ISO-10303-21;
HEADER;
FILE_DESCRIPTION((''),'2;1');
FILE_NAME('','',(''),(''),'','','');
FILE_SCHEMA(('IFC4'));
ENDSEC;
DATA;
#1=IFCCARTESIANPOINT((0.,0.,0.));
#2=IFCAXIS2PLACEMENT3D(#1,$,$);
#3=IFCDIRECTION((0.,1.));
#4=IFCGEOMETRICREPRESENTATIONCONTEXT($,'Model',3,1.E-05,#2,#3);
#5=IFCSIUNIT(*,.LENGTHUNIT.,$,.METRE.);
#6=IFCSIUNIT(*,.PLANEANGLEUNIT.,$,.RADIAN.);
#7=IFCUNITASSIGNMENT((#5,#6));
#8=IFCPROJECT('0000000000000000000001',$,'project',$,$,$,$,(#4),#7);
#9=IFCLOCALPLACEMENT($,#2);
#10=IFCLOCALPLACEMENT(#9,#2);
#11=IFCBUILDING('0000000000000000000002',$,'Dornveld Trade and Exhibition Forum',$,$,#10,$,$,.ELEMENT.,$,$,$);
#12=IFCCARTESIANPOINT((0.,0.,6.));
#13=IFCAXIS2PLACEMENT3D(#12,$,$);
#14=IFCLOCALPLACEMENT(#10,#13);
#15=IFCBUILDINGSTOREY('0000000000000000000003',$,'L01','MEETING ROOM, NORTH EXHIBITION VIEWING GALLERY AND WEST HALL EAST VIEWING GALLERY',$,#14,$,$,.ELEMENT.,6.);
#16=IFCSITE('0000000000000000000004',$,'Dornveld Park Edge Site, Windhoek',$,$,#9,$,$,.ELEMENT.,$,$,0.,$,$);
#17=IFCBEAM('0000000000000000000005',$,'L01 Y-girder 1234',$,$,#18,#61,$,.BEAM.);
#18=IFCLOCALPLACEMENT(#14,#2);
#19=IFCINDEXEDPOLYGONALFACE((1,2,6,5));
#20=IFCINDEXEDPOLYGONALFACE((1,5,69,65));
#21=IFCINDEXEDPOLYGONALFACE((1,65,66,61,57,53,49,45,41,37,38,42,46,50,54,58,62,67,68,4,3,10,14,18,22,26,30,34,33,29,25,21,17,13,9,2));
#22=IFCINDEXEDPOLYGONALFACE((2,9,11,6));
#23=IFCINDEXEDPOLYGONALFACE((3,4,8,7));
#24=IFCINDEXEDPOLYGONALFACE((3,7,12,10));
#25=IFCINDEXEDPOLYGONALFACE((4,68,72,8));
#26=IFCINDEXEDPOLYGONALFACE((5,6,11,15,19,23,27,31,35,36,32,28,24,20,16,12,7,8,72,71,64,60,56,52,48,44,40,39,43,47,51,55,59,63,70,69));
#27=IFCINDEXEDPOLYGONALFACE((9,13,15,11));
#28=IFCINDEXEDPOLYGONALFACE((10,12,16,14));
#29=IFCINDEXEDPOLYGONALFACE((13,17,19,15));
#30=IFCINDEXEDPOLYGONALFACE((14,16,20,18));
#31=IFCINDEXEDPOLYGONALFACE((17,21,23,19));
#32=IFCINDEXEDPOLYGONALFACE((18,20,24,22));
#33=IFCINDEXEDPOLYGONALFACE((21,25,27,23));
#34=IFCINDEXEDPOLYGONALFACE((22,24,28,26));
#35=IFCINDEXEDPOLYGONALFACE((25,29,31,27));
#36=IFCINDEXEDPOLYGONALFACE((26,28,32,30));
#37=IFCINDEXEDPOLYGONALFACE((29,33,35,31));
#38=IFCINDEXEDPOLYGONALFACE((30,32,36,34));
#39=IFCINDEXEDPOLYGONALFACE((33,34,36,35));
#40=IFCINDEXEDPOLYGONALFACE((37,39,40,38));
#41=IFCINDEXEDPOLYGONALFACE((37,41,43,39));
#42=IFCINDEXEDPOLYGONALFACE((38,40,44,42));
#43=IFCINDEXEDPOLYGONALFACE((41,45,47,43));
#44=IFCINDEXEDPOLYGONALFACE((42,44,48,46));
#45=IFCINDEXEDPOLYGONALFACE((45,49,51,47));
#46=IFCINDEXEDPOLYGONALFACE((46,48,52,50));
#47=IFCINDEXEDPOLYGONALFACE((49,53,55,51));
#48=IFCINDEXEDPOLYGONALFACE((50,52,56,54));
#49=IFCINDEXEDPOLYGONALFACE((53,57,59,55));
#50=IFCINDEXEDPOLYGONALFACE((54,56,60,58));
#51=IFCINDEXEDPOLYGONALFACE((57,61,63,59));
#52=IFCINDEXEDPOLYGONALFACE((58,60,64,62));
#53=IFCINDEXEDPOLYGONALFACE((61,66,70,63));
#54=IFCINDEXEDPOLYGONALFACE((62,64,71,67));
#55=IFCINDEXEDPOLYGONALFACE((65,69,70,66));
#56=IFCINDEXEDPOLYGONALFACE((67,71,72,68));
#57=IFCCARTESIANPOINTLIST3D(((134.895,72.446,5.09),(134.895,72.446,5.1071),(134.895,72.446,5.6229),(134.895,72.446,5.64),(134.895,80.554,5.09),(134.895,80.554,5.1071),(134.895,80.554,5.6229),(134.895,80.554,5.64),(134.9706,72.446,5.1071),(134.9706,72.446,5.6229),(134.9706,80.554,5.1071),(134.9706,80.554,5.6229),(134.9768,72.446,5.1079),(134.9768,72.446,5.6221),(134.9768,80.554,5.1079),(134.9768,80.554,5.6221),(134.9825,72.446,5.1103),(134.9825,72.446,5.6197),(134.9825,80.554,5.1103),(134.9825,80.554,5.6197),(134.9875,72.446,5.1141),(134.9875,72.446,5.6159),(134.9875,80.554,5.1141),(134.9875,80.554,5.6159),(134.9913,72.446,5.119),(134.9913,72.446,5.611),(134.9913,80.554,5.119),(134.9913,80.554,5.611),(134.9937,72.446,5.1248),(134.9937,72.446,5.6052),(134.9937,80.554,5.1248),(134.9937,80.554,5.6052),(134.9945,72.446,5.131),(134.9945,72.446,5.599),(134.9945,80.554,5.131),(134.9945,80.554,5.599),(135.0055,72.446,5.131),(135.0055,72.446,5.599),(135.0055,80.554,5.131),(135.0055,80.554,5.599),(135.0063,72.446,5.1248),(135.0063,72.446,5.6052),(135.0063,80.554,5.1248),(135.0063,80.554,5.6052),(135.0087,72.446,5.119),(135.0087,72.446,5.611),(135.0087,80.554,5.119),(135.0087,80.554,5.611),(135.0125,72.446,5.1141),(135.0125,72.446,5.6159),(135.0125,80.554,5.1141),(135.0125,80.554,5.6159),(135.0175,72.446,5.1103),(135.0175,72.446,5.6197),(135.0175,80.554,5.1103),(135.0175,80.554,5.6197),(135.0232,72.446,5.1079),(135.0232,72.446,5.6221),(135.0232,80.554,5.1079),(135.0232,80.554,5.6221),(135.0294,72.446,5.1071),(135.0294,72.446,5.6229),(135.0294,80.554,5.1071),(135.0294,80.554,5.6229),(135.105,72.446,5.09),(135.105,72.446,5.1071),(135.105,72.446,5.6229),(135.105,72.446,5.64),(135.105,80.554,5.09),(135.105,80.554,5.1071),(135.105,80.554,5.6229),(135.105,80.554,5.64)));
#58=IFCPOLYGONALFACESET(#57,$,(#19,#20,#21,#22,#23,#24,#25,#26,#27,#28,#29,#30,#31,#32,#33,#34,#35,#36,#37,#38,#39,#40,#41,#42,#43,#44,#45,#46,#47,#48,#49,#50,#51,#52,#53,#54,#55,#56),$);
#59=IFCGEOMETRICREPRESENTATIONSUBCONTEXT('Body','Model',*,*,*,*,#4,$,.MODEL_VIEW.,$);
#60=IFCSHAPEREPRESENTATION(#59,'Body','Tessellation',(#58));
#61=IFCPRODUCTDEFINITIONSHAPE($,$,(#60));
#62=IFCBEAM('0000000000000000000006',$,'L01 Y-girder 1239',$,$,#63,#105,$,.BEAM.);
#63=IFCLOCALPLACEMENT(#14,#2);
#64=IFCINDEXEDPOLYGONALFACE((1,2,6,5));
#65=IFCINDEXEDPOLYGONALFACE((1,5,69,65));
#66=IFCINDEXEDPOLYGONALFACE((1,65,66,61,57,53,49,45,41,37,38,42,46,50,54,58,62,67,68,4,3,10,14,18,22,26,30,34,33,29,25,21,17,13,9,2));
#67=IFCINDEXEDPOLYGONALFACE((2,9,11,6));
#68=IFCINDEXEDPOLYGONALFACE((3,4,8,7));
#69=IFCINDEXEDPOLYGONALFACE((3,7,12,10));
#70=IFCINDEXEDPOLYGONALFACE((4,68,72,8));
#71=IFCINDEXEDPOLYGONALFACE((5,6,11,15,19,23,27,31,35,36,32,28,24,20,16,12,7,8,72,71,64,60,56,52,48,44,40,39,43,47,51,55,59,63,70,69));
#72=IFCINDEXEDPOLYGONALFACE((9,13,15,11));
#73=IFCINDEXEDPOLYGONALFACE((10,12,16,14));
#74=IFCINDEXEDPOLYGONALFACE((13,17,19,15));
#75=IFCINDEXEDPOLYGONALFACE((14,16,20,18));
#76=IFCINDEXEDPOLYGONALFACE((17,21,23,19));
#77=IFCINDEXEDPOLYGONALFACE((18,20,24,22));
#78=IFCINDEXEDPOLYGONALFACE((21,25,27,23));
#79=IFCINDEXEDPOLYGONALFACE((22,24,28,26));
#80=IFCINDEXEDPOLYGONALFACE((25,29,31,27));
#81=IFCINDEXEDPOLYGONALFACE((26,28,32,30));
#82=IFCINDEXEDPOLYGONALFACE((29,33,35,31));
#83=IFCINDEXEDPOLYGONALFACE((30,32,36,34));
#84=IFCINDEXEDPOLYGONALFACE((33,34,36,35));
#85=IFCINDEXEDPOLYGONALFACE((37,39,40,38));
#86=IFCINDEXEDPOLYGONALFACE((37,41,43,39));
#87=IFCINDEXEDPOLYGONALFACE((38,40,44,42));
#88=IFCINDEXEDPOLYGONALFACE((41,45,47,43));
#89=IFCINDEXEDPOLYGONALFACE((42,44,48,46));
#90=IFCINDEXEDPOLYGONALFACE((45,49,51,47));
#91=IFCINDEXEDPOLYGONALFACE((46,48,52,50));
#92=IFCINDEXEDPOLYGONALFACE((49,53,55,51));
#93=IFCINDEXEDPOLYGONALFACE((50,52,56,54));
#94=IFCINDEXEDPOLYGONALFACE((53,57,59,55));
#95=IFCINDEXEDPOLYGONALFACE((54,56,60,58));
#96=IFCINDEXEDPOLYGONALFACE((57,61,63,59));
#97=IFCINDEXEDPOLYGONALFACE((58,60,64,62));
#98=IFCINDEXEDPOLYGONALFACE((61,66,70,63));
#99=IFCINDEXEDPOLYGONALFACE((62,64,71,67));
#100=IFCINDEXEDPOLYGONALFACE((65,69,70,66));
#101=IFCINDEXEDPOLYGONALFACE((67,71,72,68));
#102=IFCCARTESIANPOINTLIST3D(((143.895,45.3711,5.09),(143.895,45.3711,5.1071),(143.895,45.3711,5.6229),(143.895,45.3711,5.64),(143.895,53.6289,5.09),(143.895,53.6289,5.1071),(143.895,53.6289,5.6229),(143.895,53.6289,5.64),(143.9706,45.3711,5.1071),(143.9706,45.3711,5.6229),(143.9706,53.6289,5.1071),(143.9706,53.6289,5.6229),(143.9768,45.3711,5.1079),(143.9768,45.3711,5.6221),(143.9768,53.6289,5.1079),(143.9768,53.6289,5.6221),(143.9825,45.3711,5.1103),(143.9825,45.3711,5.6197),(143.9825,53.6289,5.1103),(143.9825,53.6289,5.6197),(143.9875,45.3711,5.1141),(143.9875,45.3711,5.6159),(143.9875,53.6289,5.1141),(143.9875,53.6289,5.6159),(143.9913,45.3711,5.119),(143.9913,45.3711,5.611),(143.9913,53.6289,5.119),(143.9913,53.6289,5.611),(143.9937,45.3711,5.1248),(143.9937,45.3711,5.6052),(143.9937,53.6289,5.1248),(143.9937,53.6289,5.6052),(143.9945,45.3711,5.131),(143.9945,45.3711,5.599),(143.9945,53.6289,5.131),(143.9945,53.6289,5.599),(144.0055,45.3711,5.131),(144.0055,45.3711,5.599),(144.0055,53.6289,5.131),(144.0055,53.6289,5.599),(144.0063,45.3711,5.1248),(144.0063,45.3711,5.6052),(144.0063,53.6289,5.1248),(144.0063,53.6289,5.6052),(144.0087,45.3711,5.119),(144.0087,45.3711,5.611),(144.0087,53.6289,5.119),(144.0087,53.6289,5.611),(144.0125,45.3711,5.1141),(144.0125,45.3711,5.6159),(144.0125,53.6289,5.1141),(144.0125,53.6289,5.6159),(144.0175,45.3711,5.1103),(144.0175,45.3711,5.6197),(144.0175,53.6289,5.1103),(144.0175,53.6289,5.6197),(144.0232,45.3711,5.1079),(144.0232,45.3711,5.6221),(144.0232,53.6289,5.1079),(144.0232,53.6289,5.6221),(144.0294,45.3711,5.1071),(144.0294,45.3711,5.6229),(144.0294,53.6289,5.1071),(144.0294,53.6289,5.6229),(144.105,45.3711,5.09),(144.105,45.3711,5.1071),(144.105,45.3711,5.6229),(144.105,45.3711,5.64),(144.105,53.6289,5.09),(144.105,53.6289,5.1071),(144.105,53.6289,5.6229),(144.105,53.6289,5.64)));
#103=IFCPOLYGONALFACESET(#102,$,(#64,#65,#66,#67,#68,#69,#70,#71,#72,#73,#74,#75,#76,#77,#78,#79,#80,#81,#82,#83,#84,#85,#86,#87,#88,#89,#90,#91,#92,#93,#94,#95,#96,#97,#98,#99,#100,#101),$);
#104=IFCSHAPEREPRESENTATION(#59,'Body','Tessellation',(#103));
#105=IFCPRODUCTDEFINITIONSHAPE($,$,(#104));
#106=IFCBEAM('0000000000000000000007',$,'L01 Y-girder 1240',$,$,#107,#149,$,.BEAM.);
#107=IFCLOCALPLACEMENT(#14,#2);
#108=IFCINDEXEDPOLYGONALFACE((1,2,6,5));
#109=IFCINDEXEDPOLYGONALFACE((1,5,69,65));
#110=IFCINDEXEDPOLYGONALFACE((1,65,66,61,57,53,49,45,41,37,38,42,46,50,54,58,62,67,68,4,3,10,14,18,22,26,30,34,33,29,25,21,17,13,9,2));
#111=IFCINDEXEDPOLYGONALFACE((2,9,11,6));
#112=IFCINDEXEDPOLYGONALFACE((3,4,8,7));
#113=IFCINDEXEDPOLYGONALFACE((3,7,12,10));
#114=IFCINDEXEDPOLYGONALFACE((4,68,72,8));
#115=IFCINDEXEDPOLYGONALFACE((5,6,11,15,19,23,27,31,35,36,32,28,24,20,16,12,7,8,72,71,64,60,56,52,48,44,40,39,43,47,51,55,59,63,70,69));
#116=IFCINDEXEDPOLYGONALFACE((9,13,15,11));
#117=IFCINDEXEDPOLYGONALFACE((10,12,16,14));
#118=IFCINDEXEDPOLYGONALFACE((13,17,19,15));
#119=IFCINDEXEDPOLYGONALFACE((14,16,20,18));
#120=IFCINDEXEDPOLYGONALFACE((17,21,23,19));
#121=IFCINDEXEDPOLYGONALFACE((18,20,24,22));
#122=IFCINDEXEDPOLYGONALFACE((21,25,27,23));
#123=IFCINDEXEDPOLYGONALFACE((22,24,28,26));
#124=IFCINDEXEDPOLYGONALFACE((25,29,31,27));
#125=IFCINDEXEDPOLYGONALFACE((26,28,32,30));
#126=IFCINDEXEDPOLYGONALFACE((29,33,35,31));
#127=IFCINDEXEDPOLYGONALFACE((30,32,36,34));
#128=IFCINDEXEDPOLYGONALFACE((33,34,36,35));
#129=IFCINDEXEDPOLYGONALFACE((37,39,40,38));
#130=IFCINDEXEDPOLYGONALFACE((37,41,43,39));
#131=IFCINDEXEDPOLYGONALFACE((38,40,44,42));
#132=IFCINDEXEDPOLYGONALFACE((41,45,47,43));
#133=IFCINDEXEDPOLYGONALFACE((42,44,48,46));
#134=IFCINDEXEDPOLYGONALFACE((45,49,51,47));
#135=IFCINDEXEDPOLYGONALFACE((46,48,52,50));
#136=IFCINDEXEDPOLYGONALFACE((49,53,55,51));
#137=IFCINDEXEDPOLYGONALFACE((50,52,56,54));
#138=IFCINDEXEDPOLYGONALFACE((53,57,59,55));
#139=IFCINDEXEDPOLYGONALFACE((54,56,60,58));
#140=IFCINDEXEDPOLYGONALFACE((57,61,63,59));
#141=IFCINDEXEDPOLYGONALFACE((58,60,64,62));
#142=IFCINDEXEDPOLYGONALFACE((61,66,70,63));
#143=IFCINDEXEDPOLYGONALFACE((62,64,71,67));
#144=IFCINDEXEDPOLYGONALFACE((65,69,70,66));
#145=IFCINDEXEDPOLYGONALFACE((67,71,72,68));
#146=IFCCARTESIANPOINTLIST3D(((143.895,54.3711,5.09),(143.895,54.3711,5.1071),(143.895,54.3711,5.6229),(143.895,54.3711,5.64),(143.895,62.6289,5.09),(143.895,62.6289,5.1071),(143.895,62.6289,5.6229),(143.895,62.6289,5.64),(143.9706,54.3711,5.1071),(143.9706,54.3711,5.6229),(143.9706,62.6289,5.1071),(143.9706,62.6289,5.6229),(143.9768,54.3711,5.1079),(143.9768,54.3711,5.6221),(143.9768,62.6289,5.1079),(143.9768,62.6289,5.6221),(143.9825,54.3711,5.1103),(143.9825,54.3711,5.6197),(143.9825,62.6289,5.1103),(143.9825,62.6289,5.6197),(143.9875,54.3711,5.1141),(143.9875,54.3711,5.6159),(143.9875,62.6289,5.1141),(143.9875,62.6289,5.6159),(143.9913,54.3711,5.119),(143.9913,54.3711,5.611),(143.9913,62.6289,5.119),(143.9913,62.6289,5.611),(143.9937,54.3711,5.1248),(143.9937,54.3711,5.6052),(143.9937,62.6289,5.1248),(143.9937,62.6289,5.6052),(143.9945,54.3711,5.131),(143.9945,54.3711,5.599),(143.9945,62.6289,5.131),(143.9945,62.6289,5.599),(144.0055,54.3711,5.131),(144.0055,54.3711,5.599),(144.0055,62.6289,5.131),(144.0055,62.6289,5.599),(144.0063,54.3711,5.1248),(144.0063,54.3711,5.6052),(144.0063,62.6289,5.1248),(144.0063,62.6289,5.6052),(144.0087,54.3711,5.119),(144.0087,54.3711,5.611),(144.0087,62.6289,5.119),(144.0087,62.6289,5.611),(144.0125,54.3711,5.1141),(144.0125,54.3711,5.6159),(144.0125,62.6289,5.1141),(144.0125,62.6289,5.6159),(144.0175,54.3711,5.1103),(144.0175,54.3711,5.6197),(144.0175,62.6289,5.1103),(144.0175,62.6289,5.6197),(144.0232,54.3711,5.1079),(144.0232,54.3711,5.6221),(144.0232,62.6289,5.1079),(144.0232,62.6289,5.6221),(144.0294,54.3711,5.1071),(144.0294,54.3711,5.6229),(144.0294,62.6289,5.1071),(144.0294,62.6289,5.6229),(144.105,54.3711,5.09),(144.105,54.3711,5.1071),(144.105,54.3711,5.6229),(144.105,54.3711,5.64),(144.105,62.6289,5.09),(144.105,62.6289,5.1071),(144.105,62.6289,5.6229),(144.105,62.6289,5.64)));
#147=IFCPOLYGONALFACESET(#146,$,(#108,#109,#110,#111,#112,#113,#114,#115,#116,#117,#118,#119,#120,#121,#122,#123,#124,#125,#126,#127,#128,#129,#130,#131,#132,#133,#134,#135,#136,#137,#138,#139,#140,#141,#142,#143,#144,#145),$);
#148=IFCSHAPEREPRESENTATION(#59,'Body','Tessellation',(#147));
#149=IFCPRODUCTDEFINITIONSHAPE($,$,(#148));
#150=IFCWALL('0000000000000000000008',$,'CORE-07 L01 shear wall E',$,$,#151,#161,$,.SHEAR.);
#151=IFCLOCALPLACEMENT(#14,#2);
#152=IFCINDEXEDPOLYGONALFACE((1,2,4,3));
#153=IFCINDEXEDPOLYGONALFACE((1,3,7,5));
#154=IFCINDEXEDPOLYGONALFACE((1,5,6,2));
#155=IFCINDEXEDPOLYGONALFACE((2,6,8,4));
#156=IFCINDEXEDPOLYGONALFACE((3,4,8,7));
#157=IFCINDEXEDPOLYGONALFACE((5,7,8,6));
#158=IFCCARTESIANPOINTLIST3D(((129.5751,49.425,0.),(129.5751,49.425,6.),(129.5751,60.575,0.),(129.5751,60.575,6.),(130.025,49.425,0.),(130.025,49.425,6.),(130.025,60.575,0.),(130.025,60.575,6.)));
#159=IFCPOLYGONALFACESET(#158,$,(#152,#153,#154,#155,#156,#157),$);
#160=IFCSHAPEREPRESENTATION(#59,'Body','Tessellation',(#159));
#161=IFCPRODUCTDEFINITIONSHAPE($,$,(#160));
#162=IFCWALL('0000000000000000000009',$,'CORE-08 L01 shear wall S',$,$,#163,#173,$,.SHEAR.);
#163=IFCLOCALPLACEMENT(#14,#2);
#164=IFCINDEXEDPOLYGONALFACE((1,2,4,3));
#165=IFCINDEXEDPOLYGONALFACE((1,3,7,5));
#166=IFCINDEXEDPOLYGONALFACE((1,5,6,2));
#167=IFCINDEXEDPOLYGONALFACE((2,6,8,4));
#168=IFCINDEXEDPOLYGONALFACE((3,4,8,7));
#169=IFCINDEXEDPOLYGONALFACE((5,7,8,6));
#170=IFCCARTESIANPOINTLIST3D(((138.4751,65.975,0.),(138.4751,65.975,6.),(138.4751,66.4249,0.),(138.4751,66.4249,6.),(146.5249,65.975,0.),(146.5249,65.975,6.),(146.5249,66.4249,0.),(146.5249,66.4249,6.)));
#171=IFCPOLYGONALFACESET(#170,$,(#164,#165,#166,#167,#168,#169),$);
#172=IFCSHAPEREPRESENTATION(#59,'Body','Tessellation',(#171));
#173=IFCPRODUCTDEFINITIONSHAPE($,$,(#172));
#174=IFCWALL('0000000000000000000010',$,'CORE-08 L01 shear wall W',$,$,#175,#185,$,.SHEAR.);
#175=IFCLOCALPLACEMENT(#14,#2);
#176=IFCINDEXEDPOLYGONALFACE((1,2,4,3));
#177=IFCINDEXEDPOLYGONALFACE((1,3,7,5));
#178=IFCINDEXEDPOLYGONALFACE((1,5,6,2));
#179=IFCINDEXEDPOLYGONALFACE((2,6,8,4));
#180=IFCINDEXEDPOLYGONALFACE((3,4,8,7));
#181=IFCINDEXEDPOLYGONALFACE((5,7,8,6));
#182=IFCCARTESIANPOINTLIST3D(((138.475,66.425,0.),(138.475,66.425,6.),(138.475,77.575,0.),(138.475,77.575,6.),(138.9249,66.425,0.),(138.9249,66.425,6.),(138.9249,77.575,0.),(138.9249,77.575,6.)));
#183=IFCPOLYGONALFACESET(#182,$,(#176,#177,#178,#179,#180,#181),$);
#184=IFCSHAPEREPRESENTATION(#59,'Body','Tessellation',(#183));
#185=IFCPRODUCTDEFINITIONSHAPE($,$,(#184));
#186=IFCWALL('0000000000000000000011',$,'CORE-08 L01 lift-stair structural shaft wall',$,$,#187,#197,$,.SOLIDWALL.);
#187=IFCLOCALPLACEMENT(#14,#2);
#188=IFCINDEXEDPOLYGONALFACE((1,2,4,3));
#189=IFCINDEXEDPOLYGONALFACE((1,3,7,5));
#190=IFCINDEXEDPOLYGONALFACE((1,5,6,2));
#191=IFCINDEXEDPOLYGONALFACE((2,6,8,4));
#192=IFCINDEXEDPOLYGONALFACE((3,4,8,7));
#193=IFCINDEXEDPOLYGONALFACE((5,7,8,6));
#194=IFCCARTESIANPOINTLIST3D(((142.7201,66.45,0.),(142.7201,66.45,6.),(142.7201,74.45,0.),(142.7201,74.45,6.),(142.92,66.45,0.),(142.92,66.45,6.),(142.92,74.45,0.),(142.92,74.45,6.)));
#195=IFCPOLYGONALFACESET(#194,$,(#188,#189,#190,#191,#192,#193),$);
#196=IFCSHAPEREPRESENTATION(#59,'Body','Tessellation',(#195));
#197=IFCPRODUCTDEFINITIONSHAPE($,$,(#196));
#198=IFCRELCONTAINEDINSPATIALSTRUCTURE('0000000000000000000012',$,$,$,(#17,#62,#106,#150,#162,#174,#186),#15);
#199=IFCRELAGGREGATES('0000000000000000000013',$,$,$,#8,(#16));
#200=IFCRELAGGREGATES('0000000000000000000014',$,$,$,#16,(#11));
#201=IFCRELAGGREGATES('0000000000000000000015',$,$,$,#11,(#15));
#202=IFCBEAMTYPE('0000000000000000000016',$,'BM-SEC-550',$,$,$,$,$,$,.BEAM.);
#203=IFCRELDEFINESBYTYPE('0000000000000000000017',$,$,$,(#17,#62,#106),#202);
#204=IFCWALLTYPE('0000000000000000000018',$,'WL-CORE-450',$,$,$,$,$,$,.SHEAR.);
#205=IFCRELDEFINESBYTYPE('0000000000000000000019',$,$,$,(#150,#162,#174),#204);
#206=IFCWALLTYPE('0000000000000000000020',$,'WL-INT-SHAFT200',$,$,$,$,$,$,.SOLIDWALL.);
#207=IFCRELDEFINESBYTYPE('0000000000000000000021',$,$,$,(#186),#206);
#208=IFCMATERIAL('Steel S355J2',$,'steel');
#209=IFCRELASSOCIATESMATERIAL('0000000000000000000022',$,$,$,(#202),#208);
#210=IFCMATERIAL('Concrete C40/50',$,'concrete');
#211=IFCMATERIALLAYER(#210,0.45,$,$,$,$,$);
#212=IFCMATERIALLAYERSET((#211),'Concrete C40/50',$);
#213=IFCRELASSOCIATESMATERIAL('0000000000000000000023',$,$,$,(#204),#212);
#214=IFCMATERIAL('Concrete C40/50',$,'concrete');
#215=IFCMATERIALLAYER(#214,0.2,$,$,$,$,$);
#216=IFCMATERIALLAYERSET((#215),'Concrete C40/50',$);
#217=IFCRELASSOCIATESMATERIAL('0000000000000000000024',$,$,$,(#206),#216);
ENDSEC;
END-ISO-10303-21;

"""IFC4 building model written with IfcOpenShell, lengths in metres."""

from ifc_helpers import new_model, si_unit, direction, frame, frame_2d, origin, origin_2d, place, context, subcontext, project, spatial, rectangle, i_section, extrude, material, layer, layer_set, material_profile, profile_set, type_object, element, save


model = new_model("IFC4")

# Units and contexts
model_context = context("Model", 3, precision=1e-05, world=origin(), true_north=direction((0.0, 1.0)))
body_context = subcontext(model_context, "Body", "Model", "MODEL_VIEW")
ifc_project = project(units=[si_unit("LENGTHUNIT", "METRE"), si_unit("PLANEANGLEUNIT", "RADIAN")], contexts=[model_context])

# Site, building, storey
site_placement = place(None, origin())
site = spatial("IfcSite", under=ifc_project, at=site_placement, Name="Dornveld Park Edge Site, Windhoek", CompositionType="ELEMENT", RefElevation=0.0)
building_placement = place(site_placement, origin())
building = spatial("IfcBuilding", under=site, at=building_placement, Name="Dornveld Trade and Exhibition Forum", CompositionType="ELEMENT")
storey_placement = place(building_placement, frame((0.0, 0.0, 6.0)))
storey = spatial("IfcBuildingStorey", under=building, at=storey_placement, Name="L01", Description="MEETING ROOM, NORTH EXHIBITION VIEWING GALLERY AND WEST HALL EAST VIEWING GALLERY", CompositionType="ELEMENT", Elevation=6.0)

# Beams
ifc_material_1 = material(Name="Steel S355J2", Category="steel")
ifc_material_profile_1 = material_profile(ifc_material_1, i_section(OverallWidth=0.21, OverallDepth=0.55, WebThickness=0.011, FlangeThickness=0.0171, FilletRadius=0.0239, at=origin_2d()), Name="IPE 550")
ifc_profile_set_1 = profile_set([ifc_material_profile_1], Name="Steel S355J2")
beam_type_1 = type_object("IfcBeamType", Name="BM-SEC-550", PredefinedType="BEAM", material=ifc_profile_set_1)
for number, where, z_axis, x_axis, name in (
    (1, (135.0, 72.446, 5.365), (0.0, 1.0, 0.0), (-1.0, 0.0, 0.0), "L01 Y-girder 1234"),
):
    element("IfcBeam", number, at=place(storey_placement, frame(where, z_axis=z_axis, x_axis=x_axis)), inside=storey, type_object=beam_type_1, Name=name, PredefinedType="BEAM", context=body_context, shape_type="SweptSolid", body=[
        extrude(i_section(OverallWidth=0.21, OverallDepth=0.55, WebThickness=0.011, FlangeThickness=0.0171, FilletRadius=0.0239, at=origin_2d()), origin(), (0.0, 0.0, 1.0), 8.1079),
    ])
for number, where, z_axis, x_axis, name in (
    (2, (144.0, 45.3711, 5.365), (0.0, 1.0, 0.0), (-1.0, 0.0, 0.0), "L01 Y-girder 1239"),
    (3, (144.0, 54.3711, 5.365), (0.0, 1.0, 0.0), (-1.0, 0.0, 0.0), "L01 Y-girder 1240"),
):
    element("IfcBeam", number, at=place(storey_placement, frame(where, z_axis=z_axis, x_axis=x_axis)), inside=storey, type_object=beam_type_1, Name=name, PredefinedType="BEAM", context=body_context, shape_type="SweptSolid", body=[
        extrude(i_section(OverallWidth=0.21, OverallDepth=0.55, WebThickness=0.011, FlangeThickness=0.0171, FilletRadius=0.0239, at=origin_2d()), origin(), (0.0, 0.0, 1.0), 8.2578),
    ])

# Walls
ifc_material_2 = material(Name="Concrete C40/50", Category="concrete")
ifc_layer_1 = layer(ifc_material_2, 0.45)
ifc_layer_set_1 = layer_set([ifc_layer_1], Name="Concrete C40/50")
wall_type_1 = type_object("IfcWallType", Name="WL-CORE-450", PredefinedType="SHEAR", material=ifc_layer_set_1)
wall_1_placement = place(storey_placement, frame((129.8, 49.425, 0.0), z_axis=(0.0, 0.0, 1.0), x_axis=(0.0, 1.0, 0.0)))
element("IfcWall", 4, at=wall_1_placement, inside=storey, type_object=wall_type_1, Name="CORE-07 L01 shear wall E", PredefinedType="SHEAR", context=body_context, shape_type="SweptSolid", body=[
    extrude(rectangle(XDim=11.1499, YDim=0.45, at=frame_2d((5.575, 0.0))), origin(), (0.0, 0.0, 1.0), 6.0),
])
wall_2_placement = place(storey_placement, frame((138.4751, 66.2, 0.0), z_axis=(0.0, 0.0, 1.0), x_axis=(1.0, 0.0, 0.0)))
element("IfcWall", 5, at=wall_2_placement, inside=storey, type_object=wall_type_1, Name="CORE-08 L01 shear wall S", PredefinedType="SHEAR", context=body_context, shape_type="SweptSolid", body=[
    extrude(rectangle(XDim=8.0498, YDim=0.45, at=frame_2d((4.0249, 0.0))), origin(), (0.0, 0.0, 1.0), 6.0),
])
wall_3_placement = place(storey_placement, frame((138.7, 66.425, 0.0), z_axis=(0.0, 0.0, 1.0), x_axis=(0.0, 1.0, 0.0)))
element("IfcWall", 6, at=wall_3_placement, inside=storey, type_object=wall_type_1, Name="CORE-08 L01 shear wall W", PredefinedType="SHEAR", context=body_context, shape_type="SweptSolid", body=[
    extrude(rectangle(XDim=11.1499, YDim=0.45, at=frame_2d((5.575, 0.0))), origin(), (0.0, 0.0, 1.0), 6.0),
])
ifc_material_3 = material(Name="Concrete C40/50", Category="concrete")
ifc_layer_2 = layer(ifc_material_3, 0.2)
ifc_layer_set_2 = layer_set([ifc_layer_2], Name="Concrete C40/50")
wall_type_2 = type_object("IfcWallType", Name="WL-INT-SHAFT200", PredefinedType="SOLIDWALL", material=ifc_layer_set_2)
wall_4_placement = place(storey_placement, frame((142.8201, 66.45, 0.0), z_axis=(0.0, 0.0, 1.0), x_axis=(0.0, 1.0, 0.0)))
element("IfcWall", 7, at=wall_4_placement, inside=storey, type_object=wall_type_2, Name="CORE-08 L01 lift-stair structural shaft wall", PredefinedType="SOLIDWALL", context=body_context, shape_type="SweptSolid", body=[
    extrude(rectangle(XDim=8.0, YDim=0.2, at=frame_2d((4.0, 0.0))), origin(), (0.0, 0.0, 1.0), 6.0),
])

save(model, "model.ifc")
